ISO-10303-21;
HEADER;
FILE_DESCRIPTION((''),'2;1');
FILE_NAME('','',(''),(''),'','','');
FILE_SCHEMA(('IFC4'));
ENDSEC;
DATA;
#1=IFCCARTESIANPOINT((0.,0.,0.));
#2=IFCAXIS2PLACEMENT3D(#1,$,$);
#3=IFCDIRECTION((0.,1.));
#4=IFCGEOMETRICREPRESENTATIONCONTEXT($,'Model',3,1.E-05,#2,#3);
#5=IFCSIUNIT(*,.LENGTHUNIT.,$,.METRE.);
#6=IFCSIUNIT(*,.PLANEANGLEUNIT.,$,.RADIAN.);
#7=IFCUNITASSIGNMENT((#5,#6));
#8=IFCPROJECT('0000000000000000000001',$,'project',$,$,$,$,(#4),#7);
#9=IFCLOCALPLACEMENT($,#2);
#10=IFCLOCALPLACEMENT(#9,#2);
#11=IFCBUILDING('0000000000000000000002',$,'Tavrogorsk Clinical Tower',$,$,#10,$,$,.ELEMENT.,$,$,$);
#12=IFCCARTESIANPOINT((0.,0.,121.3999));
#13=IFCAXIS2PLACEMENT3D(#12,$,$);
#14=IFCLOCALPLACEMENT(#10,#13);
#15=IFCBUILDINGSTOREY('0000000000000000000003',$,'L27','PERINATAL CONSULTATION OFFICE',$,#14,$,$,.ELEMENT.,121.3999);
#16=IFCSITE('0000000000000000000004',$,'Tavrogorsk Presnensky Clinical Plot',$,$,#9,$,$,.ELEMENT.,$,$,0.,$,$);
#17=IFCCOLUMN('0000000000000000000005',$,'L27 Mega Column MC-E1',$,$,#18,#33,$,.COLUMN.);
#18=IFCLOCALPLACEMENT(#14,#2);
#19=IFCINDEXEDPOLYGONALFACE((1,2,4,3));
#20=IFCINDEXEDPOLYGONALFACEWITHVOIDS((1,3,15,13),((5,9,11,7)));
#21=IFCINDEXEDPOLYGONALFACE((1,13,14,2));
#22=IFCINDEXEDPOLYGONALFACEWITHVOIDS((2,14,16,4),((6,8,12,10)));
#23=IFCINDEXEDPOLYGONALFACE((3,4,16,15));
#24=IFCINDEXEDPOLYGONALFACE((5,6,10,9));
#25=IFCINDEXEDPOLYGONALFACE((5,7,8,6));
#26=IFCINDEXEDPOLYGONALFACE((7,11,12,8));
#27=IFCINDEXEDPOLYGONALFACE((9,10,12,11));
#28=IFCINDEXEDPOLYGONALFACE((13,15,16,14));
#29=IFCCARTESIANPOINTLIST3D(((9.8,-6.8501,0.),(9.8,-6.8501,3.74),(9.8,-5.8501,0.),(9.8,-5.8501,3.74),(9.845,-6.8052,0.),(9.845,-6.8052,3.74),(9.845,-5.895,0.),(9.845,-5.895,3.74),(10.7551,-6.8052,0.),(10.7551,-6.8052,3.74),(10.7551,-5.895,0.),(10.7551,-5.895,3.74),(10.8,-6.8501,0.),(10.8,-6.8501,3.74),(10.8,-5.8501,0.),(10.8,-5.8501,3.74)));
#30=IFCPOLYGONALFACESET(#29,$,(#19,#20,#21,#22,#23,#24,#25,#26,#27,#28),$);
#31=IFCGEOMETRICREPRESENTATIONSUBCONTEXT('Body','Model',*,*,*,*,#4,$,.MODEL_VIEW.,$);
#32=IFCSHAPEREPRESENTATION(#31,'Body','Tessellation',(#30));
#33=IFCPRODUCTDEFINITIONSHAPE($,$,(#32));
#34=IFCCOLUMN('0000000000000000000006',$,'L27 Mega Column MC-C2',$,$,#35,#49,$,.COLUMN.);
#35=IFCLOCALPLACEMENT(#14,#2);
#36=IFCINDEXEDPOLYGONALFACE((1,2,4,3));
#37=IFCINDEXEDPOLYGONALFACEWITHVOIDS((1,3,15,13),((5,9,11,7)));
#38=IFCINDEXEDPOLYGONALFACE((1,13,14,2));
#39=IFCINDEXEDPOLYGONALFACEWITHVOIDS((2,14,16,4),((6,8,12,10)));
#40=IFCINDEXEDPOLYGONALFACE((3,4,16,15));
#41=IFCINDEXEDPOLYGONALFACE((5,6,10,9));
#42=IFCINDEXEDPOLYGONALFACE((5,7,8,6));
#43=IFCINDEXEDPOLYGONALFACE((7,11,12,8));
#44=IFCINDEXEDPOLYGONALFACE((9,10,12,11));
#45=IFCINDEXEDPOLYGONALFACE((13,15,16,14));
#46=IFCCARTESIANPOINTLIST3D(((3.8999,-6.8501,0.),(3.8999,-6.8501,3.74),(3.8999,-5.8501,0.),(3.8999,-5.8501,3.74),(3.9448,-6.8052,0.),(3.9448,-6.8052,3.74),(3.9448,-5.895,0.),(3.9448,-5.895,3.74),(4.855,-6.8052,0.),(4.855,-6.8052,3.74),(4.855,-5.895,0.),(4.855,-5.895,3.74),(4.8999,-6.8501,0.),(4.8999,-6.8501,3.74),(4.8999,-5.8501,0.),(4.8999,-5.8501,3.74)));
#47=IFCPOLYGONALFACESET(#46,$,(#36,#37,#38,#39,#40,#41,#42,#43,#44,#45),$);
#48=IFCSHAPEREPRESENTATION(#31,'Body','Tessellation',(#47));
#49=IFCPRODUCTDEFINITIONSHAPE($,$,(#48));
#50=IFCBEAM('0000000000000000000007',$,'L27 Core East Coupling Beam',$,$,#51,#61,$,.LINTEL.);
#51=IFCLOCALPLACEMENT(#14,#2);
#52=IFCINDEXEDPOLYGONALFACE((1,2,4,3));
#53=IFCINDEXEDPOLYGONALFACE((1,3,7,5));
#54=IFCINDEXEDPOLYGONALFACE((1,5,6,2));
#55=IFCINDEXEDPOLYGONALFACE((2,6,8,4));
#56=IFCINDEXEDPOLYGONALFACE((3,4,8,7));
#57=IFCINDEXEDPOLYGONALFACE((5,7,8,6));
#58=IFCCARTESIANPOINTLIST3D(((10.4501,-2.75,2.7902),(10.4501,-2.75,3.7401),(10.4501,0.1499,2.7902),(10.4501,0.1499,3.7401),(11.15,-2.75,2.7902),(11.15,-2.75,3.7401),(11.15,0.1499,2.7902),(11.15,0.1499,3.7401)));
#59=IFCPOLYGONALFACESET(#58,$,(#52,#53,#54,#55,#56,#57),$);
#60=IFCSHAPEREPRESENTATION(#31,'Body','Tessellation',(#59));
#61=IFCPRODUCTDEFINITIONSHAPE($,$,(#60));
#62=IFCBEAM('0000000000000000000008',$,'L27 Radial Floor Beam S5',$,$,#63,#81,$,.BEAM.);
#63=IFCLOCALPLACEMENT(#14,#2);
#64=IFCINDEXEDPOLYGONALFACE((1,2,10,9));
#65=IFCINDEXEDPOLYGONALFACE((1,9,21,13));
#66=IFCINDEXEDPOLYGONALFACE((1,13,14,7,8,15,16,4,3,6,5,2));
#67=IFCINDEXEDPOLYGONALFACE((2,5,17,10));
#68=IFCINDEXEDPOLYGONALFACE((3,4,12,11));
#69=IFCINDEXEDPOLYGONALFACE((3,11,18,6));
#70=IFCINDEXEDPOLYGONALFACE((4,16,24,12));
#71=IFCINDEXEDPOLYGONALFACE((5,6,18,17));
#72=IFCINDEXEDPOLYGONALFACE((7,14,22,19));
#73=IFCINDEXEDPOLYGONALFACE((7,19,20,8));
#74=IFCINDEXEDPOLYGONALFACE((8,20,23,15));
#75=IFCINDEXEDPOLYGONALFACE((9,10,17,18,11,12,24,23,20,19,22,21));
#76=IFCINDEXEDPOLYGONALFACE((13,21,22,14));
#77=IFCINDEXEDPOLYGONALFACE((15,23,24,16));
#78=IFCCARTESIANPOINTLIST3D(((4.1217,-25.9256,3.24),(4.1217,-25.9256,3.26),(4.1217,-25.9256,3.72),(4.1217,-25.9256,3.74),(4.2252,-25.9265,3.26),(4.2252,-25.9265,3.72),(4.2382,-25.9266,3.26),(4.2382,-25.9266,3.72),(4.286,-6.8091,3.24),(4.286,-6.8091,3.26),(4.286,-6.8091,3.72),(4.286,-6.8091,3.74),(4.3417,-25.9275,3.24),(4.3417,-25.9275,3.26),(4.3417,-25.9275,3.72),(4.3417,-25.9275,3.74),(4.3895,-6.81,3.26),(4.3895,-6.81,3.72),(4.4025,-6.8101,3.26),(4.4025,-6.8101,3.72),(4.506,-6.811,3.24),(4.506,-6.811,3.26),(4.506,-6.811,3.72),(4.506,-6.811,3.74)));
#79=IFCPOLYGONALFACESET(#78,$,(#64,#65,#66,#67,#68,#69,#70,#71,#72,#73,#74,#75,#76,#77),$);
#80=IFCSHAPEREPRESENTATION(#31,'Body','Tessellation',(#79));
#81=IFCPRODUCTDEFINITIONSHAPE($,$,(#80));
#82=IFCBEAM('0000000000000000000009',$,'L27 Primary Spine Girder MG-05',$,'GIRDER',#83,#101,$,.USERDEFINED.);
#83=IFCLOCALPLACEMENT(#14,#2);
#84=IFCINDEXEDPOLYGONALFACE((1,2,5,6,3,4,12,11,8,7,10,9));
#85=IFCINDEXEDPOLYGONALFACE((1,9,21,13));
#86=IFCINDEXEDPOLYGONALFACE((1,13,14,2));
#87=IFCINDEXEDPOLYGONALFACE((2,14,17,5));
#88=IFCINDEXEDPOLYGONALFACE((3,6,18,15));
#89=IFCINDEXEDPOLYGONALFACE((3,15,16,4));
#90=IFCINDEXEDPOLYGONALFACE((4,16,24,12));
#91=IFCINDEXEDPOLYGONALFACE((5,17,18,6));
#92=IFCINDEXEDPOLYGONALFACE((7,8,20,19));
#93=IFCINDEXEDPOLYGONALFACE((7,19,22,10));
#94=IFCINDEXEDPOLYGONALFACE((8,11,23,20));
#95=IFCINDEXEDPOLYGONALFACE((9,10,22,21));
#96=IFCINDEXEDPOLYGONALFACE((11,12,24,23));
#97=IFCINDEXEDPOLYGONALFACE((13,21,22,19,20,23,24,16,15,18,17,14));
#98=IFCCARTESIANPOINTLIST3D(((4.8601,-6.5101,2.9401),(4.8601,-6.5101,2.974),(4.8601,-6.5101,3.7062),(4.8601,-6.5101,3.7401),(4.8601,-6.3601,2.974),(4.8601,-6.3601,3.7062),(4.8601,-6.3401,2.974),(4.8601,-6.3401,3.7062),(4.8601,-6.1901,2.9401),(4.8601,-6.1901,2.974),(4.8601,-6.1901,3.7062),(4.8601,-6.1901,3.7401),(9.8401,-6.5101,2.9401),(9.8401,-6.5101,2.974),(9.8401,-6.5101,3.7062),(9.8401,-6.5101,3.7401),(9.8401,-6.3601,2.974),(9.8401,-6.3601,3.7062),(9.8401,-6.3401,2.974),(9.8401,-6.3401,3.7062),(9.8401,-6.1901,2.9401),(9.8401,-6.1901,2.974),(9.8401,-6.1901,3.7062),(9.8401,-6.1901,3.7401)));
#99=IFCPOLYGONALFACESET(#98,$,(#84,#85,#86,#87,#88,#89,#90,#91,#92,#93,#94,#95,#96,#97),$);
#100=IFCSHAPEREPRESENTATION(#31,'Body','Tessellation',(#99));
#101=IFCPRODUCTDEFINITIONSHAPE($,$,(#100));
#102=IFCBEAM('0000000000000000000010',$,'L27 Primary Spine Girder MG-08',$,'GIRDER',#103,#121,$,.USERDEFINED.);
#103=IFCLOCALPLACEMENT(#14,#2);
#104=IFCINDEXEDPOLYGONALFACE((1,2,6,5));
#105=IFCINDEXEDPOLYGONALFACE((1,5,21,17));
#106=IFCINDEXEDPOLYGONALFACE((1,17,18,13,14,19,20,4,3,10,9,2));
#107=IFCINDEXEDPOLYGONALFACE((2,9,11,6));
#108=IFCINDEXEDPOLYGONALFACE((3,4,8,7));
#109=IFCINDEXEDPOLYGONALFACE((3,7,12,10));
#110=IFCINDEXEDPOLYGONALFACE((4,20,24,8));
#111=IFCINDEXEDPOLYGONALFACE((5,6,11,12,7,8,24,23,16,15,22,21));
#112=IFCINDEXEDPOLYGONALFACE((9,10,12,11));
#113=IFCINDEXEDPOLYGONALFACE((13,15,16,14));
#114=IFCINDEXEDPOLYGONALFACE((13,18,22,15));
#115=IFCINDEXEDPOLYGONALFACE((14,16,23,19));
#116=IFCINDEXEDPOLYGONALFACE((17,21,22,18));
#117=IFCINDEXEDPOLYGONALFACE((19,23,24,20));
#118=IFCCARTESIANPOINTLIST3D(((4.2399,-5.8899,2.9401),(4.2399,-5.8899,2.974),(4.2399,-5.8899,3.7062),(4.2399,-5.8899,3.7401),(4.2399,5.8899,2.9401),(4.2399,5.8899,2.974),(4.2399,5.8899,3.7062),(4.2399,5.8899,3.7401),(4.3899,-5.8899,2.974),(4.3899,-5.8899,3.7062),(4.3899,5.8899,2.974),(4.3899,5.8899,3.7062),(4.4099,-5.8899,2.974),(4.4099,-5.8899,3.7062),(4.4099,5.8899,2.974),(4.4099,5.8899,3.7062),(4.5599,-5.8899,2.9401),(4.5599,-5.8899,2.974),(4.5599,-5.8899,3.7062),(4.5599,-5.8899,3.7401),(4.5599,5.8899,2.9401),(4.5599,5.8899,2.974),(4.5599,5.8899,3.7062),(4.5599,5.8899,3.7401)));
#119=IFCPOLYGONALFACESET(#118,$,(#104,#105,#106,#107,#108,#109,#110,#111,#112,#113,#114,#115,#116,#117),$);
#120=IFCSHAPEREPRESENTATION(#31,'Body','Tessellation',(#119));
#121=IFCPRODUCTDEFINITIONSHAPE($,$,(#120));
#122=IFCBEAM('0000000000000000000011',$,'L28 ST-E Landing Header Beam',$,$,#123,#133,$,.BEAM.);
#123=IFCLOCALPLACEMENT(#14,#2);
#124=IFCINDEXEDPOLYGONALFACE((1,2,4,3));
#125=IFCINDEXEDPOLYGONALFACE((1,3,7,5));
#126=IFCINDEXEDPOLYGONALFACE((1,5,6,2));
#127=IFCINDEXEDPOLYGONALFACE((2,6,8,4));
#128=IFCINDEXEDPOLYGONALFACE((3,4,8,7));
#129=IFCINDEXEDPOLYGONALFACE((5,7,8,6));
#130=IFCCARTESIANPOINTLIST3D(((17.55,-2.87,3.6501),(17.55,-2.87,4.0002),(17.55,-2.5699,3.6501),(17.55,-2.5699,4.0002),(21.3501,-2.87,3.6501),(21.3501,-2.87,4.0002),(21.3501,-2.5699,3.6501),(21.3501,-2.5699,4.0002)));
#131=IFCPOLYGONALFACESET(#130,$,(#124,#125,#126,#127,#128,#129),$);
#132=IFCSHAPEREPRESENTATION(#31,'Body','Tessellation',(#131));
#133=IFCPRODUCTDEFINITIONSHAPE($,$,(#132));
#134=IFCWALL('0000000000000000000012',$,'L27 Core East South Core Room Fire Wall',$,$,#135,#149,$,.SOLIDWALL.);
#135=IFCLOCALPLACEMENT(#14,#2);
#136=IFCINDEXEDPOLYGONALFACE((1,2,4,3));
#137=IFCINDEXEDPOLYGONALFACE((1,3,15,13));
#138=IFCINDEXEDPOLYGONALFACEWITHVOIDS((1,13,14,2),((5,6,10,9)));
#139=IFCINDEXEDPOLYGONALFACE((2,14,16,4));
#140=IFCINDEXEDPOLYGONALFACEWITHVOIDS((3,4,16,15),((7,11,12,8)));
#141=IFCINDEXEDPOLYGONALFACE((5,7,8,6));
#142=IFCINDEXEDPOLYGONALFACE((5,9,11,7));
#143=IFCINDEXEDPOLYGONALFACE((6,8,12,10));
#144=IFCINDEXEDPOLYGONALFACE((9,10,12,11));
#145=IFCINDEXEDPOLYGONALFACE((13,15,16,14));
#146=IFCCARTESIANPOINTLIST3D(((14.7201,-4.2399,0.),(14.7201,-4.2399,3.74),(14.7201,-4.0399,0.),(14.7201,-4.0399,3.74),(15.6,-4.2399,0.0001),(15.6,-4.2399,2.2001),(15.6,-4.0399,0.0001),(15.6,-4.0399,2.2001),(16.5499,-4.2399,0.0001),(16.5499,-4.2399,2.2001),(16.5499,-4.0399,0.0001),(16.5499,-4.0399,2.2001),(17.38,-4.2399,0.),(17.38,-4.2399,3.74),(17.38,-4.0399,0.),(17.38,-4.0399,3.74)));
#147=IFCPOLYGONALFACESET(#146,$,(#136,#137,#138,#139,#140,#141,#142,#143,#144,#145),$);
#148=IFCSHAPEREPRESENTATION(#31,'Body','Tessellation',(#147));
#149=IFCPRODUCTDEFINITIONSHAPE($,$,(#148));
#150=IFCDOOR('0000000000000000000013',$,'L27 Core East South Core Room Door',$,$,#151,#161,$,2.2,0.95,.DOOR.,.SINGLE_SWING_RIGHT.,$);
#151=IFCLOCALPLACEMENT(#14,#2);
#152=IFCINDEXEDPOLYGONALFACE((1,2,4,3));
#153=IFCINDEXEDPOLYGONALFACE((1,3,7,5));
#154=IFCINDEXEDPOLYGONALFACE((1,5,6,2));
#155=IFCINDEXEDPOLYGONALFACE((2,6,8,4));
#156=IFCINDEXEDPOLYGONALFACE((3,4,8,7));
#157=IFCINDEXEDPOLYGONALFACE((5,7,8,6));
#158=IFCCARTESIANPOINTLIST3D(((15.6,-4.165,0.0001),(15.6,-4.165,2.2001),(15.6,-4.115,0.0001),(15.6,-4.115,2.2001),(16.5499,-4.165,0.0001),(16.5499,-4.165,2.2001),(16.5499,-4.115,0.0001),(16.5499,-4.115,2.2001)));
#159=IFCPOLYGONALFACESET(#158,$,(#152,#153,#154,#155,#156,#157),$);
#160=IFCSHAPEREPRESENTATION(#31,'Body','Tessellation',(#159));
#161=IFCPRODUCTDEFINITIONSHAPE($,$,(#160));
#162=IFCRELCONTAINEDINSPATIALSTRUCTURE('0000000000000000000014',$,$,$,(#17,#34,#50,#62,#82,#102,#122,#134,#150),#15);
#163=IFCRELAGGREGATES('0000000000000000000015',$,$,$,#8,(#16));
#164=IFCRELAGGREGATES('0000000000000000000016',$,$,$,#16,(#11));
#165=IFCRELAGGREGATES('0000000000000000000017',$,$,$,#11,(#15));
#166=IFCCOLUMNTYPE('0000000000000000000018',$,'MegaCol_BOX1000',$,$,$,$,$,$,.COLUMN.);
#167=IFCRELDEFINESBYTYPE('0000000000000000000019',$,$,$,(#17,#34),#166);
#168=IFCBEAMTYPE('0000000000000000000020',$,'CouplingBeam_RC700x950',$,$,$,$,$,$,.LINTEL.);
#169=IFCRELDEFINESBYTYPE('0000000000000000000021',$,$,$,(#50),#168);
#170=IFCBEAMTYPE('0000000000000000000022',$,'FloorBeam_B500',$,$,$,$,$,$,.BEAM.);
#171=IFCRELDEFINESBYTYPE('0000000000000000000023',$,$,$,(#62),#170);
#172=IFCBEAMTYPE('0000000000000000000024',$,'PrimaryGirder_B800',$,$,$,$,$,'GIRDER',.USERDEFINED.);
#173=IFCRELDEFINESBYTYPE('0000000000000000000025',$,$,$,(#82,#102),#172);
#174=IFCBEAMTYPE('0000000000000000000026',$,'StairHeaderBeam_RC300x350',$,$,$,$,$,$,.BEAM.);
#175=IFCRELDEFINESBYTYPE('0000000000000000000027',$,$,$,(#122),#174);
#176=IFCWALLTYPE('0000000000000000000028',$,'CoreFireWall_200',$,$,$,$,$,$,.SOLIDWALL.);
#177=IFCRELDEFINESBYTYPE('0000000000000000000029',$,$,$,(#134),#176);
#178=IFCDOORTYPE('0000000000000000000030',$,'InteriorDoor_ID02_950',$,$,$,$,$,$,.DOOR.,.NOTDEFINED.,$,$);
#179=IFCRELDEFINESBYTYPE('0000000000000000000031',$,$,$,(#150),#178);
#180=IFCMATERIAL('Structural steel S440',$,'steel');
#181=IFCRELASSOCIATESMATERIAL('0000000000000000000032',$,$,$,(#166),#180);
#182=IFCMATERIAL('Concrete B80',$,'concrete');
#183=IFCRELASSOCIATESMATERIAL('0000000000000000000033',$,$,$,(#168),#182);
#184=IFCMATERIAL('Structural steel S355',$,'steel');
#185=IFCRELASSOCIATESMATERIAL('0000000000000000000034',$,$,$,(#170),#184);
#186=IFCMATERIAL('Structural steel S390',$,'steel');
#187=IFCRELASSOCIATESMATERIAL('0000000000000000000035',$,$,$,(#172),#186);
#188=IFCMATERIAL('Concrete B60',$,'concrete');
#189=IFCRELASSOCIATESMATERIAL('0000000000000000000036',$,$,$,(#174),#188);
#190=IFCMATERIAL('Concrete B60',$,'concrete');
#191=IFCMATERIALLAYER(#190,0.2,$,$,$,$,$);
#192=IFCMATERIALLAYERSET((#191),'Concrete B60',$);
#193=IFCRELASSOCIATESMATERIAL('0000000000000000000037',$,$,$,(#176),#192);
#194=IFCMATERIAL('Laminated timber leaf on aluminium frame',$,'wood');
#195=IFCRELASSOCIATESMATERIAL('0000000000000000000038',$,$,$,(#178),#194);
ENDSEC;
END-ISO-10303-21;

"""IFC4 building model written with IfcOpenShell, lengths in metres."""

from ifc_helpers import new_model, si_unit, direction, frame, frame_2d, origin, origin_2d, place, context, subcontext, project, spatial, rectangle, hollow_rectangle, i_section, extrude, material, layer, layer_set, material_profile, profile_set, type_object, element, fill, save


model = new_model("IFC4")

# Units and contexts
model_context = context("Model", 3, precision=1e-05, world=origin(), true_north=direction((0.0, 1.0)))
body_context = subcontext(model_context, "Body", "Model", "MODEL_VIEW")
ifc_project = project(units=[si_unit("LENGTHUNIT", "METRE"), si_unit("PLANEANGLEUNIT", "RADIAN")], contexts=[model_context])

# Site, building, storey
site_placement = place(None, origin())
site = spatial("IfcSite", under=ifc_project, at=site_placement, Name="Tavrogorsk Presnensky Clinical Plot", CompositionType="ELEMENT", RefElevation=0.0)
building_placement = place(site_placement, origin())
building = spatial("IfcBuilding", under=site, at=building_placement, Name="Tavrogorsk Clinical Tower", CompositionType="ELEMENT")
storey_placement = place(building_placement, frame((0.0, 0.0, 121.3999)))
storey = spatial("IfcBuildingStorey", under=building, at=storey_placement, Name="L27", Description="PERINATAL CONSULTATION OFFICE", CompositionType="ELEMENT", Elevation=121.3999)

# Columns
ifc_material_1 = material(Name="Structural steel S440", Category="steel")
ifc_material_profile_1 = material_profile(ifc_material_1, hollow_rectangle(XDim=1.0, YDim=1.0, WallThickness=0.0449, at=origin_2d()), Name="BOX-1000x1000x45")
ifc_profile_set_1 = profile_set([ifc_material_profile_1], Name="Structural steel S440")
column_type = type_object("IfcColumnType", Name="MegaCol_BOX1000", PredefinedType="COLUMN", material=ifc_profile_set_1)
for number, where, z_axis, x_axis, name in (
    (1, (10.3, -6.3501, 0.0), (0.0, 0.0, 1.0), (1.0, 0.0, 0.0), "L27 Mega Column MC-E1"),
    (2, (4.3999, -6.3501, 0.0), (0.0, 0.0, 1.0), (1.0, 0.0, 0.0), "L27 Mega Column MC-C2"),
):
    element("IfcColumn", number, at=place(storey_placement, frame(where, z_axis=z_axis, x_axis=x_axis)), inside=storey, type_object=column_type, Name=name, PredefinedType="COLUMN", context=body_context, shape_type="SweptSolid", body=[
        extrude(hollow_rectangle(XDim=1.0, YDim=1.0, WallThickness=0.0449, at=origin_2d()), origin(), (0.0, 0.0, 1.0), 3.74),
    ])

# Beams
ifc_material_2 = material(Name="Concrete B80", Category="concrete")
ifc_material_profile_2 = material_profile(ifc_material_2, rectangle(XDim=0.7, YDim=0.95, at=origin_2d()), Name="RC-CB-700x950")
ifc_profile_set_2 = profile_set([ifc_material_profile_2], Name="Concrete B80")
beam_type_1 = type_object("IfcBeamType", Name="CouplingBeam_RC700x950", PredefinedType="LINTEL", material=ifc_profile_set_2)
beam_1_placement = place(storey_placement, frame((10.8, -2.75, 3.2651), z_axis=(0.0, 1.0, 0.0), x_axis=(-1.0, 0.0, 0.0)))
element("IfcBeam", 3, at=beam_1_placement, inside=storey, type_object=beam_type_1, Name="L27 Core East Coupling Beam", PredefinedType="LINTEL", context=body_context, shape_type="SweptSolid", body=[
    extrude(rectangle(XDim=0.7, YDim=0.95, at=origin_2d()), origin(), (0.0, 0.0, 1.0), 2.8999),
])
ifc_material_3 = material(Name="Structural steel S355", Category="steel")
ifc_material_profile_3 = material_profile(ifc_material_3, i_section(OverallWidth=0.22, OverallDepth=0.5, WebThickness=0.0129, FlangeThickness=0.02, at=origin_2d()), Name="B-500x220x13x20")
ifc_profile_set_3 = profile_set([ifc_material_profile_3], Name="Structural steel S355")
beam_type_2 = type_object("IfcBeamType", Name="FloorBeam_B500", PredefinedType="BEAM", material=ifc_profile_set_3)
beam_2_placement = place(storey_placement, frame((4.396, -6.8101, 3.49), z_axis=(-0.008595, -0.999963, 0.0), x_axis=(0.999963, -0.008595, 0.0)))
element("IfcBeam", 4, at=beam_2_placement, inside=storey, type_object=beam_type_2, Name="L27 Radial Floor Beam S5", PredefinedType="BEAM", context=body_context, shape_type="SweptSolid", body=[
    extrude(i_section(OverallWidth=0.22, OverallDepth=0.5, WebThickness=0.0129, FlangeThickness=0.02, at=origin_2d()), origin(), (0.0, 0.0, 1.0), 19.1172),
])
ifc_material_4 = material(Name="Structural steel S390", Category="steel")
ifc_material_profile_4 = material_profile(ifc_material_4, i_section(OverallWidth=0.3201, OverallDepth=0.8, WebThickness=0.02, FlangeThickness=0.0339, at=origin_2d()), Name="B-800x320x20x34")
ifc_profile_set_4 = profile_set([ifc_material_profile_4], Name="Structural steel S390")
beam_type_3 = type_object("IfcBeamType", Name="PrimaryGirder_B800", ElementType="GIRDER", PredefinedType="USERDEFINED", material=ifc_profile_set_4)
beam_3_placement = place(storey_placement, frame((4.8601, -6.3501, 3.3401), z_axis=(1.0, 0.0, 0.0), x_axis=(0.0, 1.0, 0.0)))
element("IfcBeam", 5, at=beam_3_placement, inside=storey, type_object=beam_type_3, Name="L27 Primary Spine Girder MG-05", ObjectType="GIRDER", PredefinedType="USERDEFINED", context=body_context, shape_type="SweptSolid", body=[
    extrude(i_section(OverallWidth=0.3201, OverallDepth=0.8, WebThickness=0.02, FlangeThickness=0.0339, at=origin_2d()), origin(), (0.0, 0.0, 1.0), 4.98),
])
beam_4_placement = place(storey_placement, frame((4.3999, -5.8899, 3.3401), z_axis=(0.0, 1.0, 0.0), x_axis=(-1.0, 0.0, 0.0)))
element("IfcBeam", 6, at=beam_4_placement, inside=storey, type_object=beam_type_3, Name="L27 Primary Spine Girder MG-08", ObjectType="GIRDER", PredefinedType="USERDEFINED", context=body_context, shape_type="SweptSolid", body=[
    extrude(i_section(OverallWidth=0.3201, OverallDepth=0.8, WebThickness=0.02, FlangeThickness=0.0339, at=origin_2d()), origin(), (0.0, 0.0, 1.0), 11.7798),
])
ifc_material_5 = material(Name="Concrete B60", Category="concrete")
ifc_material_profile_5 = material_profile(ifc_material_5, rectangle(XDim=0.3, YDim=0.3501, at=origin_2d()), Name="RC-SHB-300x350")
ifc_profile_set_5 = profile_set([ifc_material_profile_5], Name="Concrete B60")
beam_type_4 = type_object("IfcBeamType", Name="StairHeaderBeam_RC300x350", PredefinedType="BEAM", material=ifc_profile_set_5)
beam_5_placement = place(storey_placement, frame((17.55, -2.72, 3.8252), z_axis=(1.0, 0.0, 0.0), x_axis=(0.0, 1.0, 0.0)))
element("IfcBeam", 7, at=beam_5_placement, inside=storey, type_object=beam_type_4, Name="L28 ST-E Landing Header Beam", PredefinedType="BEAM", context=body_context, shape_type="SweptSolid", body=[
    extrude(rectangle(XDim=0.3, YDim=0.3501, at=origin_2d()), origin(), (0.0, 0.0, 1.0), 3.8),
])

# Wall, opening, door
ifc_material_6 = material(Name="Concrete B60", Category="concrete")
ifc_layer_1 = layer(ifc_material_6, 0.2)
ifc_layer_set_1 = layer_set([ifc_layer_1], Name="Concrete B60")
wall_type_1 = type_object("IfcWallType", Name="CoreFireWall_200", PredefinedType="SOLIDWALL", material=ifc_layer_set_1)
wall_1_placement = place(storey_placement, frame((14.72, -4.1399, 0.0), z_axis=(0.0, 0.0, 1.0), x_axis=(1.0, 0.0, 0.0)))
wall_1 = element("IfcWall", 8, at=wall_1_placement, inside=storey, type_object=wall_type_1, Name="L27 Core East South Core Room Fire Wall", PredefinedType="SOLIDWALL", context=body_context, shape_type="SweptSolid", body=[
    extrude(rectangle(XDim=2.6599, YDim=0.2, at=frame_2d((1.3301, 0.0))), origin(), (0.0, 0.0, 1.0), 3.74),
])
opening_1_placement = place(wall_1_placement, frame((0.8799, 0.0, 0.0)))
opening_1 = element("IfcOpeningElement", 9, at=opening_1_placement, cuts=wall_1, PredefinedType="OPENING", context=body_context, shape_type="SweptSolid", body=[
    extrude(rectangle(XDim=0.95, YDim=2.2, at=frame_2d((0.4751, 1.1001))), frame((0.0, 0.1099, 0.0), z_axis=(0.0, -1.0, 0.0), x_axis=(1.0, 0.0, 0.0)), (0.0, 0.0, 1.0), 0.22),
])
ifc_material_7 = material(Name="Laminated timber leaf on aluminium frame", Category="wood")
door_type_1 = type_object("IfcDoorType", Name="InteriorDoor_ID02_950", OperationType="NOTDEFINED", PredefinedType="DOOR", material=ifc_material_7)
door_1_placement = place(opening_1_placement, origin())
door_1 = element("IfcDoor", 10, at=door_1_placement, inside=storey, type_object=door_type_1, Name="L27 Core East South Core Room Door", OperationType="SINGLE_SWING_RIGHT", OverallHeight=2.2, OverallWidth=0.95, PredefinedType="DOOR", context=body_context, shape_type="SweptSolid", body=[
    extrude(rectangle(XDim=0.95, YDim=2.2, at=frame_2d((0.4751, 1.1001))), frame((0.0, 0.0249, 0.0), z_axis=(0.0, -1.0, 0.0), x_axis=(1.0, 0.0, 0.0)), (0.0, 0.0, 1.0), 0.05),
])
fill(opening_1, door_1)

save(model, "model.ifc")
